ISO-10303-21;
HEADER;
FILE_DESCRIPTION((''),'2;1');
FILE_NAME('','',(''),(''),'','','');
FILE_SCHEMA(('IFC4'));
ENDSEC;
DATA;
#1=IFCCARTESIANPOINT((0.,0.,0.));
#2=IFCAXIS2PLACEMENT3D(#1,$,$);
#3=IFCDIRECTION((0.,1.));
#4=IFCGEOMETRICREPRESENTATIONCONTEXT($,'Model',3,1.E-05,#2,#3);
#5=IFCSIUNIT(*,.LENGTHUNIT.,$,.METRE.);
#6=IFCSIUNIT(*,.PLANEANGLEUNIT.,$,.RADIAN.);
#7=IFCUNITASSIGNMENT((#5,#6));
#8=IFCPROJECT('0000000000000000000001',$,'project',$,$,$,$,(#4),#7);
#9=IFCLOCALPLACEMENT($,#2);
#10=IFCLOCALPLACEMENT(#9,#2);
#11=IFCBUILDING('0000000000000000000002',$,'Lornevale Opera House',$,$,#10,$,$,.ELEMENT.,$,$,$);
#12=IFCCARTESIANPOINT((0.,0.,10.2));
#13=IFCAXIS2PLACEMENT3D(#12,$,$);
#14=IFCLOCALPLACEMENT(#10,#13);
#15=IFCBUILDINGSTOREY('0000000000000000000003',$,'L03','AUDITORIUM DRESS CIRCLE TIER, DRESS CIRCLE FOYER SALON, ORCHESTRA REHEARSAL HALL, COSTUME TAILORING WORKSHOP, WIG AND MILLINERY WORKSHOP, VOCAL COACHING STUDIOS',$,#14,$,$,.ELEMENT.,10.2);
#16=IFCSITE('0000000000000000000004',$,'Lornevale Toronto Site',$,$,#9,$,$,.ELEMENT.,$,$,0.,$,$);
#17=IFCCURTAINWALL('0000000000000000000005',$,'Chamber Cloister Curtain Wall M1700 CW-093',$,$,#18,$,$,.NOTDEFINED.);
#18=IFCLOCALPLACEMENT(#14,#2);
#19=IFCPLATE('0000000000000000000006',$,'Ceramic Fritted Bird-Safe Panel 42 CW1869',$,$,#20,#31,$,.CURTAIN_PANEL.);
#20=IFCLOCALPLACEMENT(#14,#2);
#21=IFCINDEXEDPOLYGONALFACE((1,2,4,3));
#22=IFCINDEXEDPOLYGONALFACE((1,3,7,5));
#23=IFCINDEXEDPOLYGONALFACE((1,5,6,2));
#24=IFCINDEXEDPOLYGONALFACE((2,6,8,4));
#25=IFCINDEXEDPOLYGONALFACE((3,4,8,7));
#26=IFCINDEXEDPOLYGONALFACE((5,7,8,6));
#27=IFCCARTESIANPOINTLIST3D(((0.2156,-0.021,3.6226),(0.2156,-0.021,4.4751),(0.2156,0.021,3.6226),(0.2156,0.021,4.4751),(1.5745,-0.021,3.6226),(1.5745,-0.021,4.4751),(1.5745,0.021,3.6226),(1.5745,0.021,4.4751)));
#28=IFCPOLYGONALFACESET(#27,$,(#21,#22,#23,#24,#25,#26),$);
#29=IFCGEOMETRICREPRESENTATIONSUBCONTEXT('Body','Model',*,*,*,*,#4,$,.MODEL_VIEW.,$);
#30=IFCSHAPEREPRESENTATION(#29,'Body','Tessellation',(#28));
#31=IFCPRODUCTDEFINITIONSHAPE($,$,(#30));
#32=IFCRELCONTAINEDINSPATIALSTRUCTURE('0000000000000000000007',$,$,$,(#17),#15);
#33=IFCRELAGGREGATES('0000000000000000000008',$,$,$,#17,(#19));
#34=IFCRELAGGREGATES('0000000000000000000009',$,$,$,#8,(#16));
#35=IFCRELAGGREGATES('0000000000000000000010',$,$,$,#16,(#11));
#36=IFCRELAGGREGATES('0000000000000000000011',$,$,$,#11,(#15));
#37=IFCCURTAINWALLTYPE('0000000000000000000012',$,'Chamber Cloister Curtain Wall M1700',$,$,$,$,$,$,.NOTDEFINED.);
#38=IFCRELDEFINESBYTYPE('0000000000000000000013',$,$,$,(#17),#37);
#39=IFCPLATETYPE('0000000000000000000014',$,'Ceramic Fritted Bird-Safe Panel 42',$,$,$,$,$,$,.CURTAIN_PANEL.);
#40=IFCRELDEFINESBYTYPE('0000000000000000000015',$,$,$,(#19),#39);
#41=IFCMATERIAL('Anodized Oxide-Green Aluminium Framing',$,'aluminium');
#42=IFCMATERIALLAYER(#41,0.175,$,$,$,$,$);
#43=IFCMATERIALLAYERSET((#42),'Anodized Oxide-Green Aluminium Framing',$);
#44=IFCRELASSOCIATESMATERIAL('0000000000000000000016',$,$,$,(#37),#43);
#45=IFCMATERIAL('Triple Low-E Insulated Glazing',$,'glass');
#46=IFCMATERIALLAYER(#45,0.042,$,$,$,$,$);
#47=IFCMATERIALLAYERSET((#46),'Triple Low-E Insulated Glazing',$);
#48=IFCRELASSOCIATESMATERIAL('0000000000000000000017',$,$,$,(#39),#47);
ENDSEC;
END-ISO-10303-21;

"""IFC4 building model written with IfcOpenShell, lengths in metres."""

from ifc_helpers import new_model, si_unit, direction, frame, origin, origin_2d, place, context, subcontext, project, spatial, rectangle, extrude, material, layer, layer_set, type_object, element, aggregate, save


model = new_model("IFC4")

# Units and contexts
model_context = context("Model", 3, precision=1e-05, world=origin(), true_north=direction((0.0, 1.0)))
body_context = subcontext(model_context, "Body", "Model", "MODEL_VIEW")
ifc_project = project(units=[si_unit("LENGTHUNIT", "METRE"), si_unit("PLANEANGLEUNIT", "RADIAN")], contexts=[model_context])

# Site, building, storey
site_placement = place(None, origin())
site = spatial("IfcSite", under=ifc_project, at=site_placement, Name="Lornevale Toronto Site", CompositionType="ELEMENT", RefElevation=0.0)
building_placement = place(site_placement, origin())
building = spatial("IfcBuilding", under=site, at=building_placement, Name="Lornevale Opera House", CompositionType="ELEMENT")
storey_placement = place(building_placement, frame((0.0, 0.0, 10.2)))
storey = spatial("IfcBuildingStorey", under=building, at=storey_placement, Name="L03", Description="AUDITORIUM DRESS CIRCLE TIER, DRESS CIRCLE FOYER SALON, ORCHESTRA REHEARSAL HALL, COSTUME TAILORING WORKSHOP, WIG AND MILLINERY WORKSHOP, VOCAL COACHING STUDIOS", CompositionType="ELEMENT", Elevation=10.2)

# Curtain wall
ifc_material_1 = material(Name="Anodized Oxide-Green Aluminium Framing", Category="aluminium")
ifc_layer_1 = layer(ifc_material_1, 0.175)
ifc_layer_set_1 = layer_set([ifc_layer_1], Name="Anodized Oxide-Green Aluminium Framing")
curtain_wall_type = type_object("IfcCurtainWallType", Name="Chamber Cloister Curtain Wall M1700", PredefinedType="NOTDEFINED", material=ifc_layer_set_1)
curtain_wall_1_placement = place(storey_placement, origin())
curtain_wall_1 = element("IfcCurtainWall", 1, at=curtain_wall_1_placement, inside=storey, type_object=curtain_wall_type, Name="Chamber Cloister Curtain Wall M1700 CW-093", PredefinedType="NOTDEFINED")

# Plate
ifc_material_2 = material(Name="Triple Low-E Insulated Glazing", Category="glass")
ifc_layer_2 = layer(ifc_material_2, 0.042)
ifc_layer_set_2 = layer_set([ifc_layer_2], Name="Triple Low-E Insulated Glazing")
plate_type = type_object("IfcPlateType", Name="Ceramic Fritted Bird-Safe Panel 42", PredefinedType="CURTAIN_PANEL", material=ifc_layer_set_2)
plate_1_placement = place(storey_placement, frame((0.895, 0.0, 3.6226), z_axis=(0.0, 0.0, 1.0), x_axis=(-1.0, 0.0, 0.0)))
plate_1 = element("IfcPlate", 2, at=plate_1_placement, type_object=plate_type, Name="Ceramic Fritted Bird-Safe Panel 42 CW1869", PredefinedType="CURTAIN_PANEL", context=body_context, shape_type="SweptSolid", body=[
    extrude(rectangle(XDim=1.3589, YDim=0.042, at=origin_2d()), origin(), (0.0, 0.0, 1.0), 0.8525),
])
aggregate(curtain_wall_1, [plate_1])

save(model, "model.ifc")
